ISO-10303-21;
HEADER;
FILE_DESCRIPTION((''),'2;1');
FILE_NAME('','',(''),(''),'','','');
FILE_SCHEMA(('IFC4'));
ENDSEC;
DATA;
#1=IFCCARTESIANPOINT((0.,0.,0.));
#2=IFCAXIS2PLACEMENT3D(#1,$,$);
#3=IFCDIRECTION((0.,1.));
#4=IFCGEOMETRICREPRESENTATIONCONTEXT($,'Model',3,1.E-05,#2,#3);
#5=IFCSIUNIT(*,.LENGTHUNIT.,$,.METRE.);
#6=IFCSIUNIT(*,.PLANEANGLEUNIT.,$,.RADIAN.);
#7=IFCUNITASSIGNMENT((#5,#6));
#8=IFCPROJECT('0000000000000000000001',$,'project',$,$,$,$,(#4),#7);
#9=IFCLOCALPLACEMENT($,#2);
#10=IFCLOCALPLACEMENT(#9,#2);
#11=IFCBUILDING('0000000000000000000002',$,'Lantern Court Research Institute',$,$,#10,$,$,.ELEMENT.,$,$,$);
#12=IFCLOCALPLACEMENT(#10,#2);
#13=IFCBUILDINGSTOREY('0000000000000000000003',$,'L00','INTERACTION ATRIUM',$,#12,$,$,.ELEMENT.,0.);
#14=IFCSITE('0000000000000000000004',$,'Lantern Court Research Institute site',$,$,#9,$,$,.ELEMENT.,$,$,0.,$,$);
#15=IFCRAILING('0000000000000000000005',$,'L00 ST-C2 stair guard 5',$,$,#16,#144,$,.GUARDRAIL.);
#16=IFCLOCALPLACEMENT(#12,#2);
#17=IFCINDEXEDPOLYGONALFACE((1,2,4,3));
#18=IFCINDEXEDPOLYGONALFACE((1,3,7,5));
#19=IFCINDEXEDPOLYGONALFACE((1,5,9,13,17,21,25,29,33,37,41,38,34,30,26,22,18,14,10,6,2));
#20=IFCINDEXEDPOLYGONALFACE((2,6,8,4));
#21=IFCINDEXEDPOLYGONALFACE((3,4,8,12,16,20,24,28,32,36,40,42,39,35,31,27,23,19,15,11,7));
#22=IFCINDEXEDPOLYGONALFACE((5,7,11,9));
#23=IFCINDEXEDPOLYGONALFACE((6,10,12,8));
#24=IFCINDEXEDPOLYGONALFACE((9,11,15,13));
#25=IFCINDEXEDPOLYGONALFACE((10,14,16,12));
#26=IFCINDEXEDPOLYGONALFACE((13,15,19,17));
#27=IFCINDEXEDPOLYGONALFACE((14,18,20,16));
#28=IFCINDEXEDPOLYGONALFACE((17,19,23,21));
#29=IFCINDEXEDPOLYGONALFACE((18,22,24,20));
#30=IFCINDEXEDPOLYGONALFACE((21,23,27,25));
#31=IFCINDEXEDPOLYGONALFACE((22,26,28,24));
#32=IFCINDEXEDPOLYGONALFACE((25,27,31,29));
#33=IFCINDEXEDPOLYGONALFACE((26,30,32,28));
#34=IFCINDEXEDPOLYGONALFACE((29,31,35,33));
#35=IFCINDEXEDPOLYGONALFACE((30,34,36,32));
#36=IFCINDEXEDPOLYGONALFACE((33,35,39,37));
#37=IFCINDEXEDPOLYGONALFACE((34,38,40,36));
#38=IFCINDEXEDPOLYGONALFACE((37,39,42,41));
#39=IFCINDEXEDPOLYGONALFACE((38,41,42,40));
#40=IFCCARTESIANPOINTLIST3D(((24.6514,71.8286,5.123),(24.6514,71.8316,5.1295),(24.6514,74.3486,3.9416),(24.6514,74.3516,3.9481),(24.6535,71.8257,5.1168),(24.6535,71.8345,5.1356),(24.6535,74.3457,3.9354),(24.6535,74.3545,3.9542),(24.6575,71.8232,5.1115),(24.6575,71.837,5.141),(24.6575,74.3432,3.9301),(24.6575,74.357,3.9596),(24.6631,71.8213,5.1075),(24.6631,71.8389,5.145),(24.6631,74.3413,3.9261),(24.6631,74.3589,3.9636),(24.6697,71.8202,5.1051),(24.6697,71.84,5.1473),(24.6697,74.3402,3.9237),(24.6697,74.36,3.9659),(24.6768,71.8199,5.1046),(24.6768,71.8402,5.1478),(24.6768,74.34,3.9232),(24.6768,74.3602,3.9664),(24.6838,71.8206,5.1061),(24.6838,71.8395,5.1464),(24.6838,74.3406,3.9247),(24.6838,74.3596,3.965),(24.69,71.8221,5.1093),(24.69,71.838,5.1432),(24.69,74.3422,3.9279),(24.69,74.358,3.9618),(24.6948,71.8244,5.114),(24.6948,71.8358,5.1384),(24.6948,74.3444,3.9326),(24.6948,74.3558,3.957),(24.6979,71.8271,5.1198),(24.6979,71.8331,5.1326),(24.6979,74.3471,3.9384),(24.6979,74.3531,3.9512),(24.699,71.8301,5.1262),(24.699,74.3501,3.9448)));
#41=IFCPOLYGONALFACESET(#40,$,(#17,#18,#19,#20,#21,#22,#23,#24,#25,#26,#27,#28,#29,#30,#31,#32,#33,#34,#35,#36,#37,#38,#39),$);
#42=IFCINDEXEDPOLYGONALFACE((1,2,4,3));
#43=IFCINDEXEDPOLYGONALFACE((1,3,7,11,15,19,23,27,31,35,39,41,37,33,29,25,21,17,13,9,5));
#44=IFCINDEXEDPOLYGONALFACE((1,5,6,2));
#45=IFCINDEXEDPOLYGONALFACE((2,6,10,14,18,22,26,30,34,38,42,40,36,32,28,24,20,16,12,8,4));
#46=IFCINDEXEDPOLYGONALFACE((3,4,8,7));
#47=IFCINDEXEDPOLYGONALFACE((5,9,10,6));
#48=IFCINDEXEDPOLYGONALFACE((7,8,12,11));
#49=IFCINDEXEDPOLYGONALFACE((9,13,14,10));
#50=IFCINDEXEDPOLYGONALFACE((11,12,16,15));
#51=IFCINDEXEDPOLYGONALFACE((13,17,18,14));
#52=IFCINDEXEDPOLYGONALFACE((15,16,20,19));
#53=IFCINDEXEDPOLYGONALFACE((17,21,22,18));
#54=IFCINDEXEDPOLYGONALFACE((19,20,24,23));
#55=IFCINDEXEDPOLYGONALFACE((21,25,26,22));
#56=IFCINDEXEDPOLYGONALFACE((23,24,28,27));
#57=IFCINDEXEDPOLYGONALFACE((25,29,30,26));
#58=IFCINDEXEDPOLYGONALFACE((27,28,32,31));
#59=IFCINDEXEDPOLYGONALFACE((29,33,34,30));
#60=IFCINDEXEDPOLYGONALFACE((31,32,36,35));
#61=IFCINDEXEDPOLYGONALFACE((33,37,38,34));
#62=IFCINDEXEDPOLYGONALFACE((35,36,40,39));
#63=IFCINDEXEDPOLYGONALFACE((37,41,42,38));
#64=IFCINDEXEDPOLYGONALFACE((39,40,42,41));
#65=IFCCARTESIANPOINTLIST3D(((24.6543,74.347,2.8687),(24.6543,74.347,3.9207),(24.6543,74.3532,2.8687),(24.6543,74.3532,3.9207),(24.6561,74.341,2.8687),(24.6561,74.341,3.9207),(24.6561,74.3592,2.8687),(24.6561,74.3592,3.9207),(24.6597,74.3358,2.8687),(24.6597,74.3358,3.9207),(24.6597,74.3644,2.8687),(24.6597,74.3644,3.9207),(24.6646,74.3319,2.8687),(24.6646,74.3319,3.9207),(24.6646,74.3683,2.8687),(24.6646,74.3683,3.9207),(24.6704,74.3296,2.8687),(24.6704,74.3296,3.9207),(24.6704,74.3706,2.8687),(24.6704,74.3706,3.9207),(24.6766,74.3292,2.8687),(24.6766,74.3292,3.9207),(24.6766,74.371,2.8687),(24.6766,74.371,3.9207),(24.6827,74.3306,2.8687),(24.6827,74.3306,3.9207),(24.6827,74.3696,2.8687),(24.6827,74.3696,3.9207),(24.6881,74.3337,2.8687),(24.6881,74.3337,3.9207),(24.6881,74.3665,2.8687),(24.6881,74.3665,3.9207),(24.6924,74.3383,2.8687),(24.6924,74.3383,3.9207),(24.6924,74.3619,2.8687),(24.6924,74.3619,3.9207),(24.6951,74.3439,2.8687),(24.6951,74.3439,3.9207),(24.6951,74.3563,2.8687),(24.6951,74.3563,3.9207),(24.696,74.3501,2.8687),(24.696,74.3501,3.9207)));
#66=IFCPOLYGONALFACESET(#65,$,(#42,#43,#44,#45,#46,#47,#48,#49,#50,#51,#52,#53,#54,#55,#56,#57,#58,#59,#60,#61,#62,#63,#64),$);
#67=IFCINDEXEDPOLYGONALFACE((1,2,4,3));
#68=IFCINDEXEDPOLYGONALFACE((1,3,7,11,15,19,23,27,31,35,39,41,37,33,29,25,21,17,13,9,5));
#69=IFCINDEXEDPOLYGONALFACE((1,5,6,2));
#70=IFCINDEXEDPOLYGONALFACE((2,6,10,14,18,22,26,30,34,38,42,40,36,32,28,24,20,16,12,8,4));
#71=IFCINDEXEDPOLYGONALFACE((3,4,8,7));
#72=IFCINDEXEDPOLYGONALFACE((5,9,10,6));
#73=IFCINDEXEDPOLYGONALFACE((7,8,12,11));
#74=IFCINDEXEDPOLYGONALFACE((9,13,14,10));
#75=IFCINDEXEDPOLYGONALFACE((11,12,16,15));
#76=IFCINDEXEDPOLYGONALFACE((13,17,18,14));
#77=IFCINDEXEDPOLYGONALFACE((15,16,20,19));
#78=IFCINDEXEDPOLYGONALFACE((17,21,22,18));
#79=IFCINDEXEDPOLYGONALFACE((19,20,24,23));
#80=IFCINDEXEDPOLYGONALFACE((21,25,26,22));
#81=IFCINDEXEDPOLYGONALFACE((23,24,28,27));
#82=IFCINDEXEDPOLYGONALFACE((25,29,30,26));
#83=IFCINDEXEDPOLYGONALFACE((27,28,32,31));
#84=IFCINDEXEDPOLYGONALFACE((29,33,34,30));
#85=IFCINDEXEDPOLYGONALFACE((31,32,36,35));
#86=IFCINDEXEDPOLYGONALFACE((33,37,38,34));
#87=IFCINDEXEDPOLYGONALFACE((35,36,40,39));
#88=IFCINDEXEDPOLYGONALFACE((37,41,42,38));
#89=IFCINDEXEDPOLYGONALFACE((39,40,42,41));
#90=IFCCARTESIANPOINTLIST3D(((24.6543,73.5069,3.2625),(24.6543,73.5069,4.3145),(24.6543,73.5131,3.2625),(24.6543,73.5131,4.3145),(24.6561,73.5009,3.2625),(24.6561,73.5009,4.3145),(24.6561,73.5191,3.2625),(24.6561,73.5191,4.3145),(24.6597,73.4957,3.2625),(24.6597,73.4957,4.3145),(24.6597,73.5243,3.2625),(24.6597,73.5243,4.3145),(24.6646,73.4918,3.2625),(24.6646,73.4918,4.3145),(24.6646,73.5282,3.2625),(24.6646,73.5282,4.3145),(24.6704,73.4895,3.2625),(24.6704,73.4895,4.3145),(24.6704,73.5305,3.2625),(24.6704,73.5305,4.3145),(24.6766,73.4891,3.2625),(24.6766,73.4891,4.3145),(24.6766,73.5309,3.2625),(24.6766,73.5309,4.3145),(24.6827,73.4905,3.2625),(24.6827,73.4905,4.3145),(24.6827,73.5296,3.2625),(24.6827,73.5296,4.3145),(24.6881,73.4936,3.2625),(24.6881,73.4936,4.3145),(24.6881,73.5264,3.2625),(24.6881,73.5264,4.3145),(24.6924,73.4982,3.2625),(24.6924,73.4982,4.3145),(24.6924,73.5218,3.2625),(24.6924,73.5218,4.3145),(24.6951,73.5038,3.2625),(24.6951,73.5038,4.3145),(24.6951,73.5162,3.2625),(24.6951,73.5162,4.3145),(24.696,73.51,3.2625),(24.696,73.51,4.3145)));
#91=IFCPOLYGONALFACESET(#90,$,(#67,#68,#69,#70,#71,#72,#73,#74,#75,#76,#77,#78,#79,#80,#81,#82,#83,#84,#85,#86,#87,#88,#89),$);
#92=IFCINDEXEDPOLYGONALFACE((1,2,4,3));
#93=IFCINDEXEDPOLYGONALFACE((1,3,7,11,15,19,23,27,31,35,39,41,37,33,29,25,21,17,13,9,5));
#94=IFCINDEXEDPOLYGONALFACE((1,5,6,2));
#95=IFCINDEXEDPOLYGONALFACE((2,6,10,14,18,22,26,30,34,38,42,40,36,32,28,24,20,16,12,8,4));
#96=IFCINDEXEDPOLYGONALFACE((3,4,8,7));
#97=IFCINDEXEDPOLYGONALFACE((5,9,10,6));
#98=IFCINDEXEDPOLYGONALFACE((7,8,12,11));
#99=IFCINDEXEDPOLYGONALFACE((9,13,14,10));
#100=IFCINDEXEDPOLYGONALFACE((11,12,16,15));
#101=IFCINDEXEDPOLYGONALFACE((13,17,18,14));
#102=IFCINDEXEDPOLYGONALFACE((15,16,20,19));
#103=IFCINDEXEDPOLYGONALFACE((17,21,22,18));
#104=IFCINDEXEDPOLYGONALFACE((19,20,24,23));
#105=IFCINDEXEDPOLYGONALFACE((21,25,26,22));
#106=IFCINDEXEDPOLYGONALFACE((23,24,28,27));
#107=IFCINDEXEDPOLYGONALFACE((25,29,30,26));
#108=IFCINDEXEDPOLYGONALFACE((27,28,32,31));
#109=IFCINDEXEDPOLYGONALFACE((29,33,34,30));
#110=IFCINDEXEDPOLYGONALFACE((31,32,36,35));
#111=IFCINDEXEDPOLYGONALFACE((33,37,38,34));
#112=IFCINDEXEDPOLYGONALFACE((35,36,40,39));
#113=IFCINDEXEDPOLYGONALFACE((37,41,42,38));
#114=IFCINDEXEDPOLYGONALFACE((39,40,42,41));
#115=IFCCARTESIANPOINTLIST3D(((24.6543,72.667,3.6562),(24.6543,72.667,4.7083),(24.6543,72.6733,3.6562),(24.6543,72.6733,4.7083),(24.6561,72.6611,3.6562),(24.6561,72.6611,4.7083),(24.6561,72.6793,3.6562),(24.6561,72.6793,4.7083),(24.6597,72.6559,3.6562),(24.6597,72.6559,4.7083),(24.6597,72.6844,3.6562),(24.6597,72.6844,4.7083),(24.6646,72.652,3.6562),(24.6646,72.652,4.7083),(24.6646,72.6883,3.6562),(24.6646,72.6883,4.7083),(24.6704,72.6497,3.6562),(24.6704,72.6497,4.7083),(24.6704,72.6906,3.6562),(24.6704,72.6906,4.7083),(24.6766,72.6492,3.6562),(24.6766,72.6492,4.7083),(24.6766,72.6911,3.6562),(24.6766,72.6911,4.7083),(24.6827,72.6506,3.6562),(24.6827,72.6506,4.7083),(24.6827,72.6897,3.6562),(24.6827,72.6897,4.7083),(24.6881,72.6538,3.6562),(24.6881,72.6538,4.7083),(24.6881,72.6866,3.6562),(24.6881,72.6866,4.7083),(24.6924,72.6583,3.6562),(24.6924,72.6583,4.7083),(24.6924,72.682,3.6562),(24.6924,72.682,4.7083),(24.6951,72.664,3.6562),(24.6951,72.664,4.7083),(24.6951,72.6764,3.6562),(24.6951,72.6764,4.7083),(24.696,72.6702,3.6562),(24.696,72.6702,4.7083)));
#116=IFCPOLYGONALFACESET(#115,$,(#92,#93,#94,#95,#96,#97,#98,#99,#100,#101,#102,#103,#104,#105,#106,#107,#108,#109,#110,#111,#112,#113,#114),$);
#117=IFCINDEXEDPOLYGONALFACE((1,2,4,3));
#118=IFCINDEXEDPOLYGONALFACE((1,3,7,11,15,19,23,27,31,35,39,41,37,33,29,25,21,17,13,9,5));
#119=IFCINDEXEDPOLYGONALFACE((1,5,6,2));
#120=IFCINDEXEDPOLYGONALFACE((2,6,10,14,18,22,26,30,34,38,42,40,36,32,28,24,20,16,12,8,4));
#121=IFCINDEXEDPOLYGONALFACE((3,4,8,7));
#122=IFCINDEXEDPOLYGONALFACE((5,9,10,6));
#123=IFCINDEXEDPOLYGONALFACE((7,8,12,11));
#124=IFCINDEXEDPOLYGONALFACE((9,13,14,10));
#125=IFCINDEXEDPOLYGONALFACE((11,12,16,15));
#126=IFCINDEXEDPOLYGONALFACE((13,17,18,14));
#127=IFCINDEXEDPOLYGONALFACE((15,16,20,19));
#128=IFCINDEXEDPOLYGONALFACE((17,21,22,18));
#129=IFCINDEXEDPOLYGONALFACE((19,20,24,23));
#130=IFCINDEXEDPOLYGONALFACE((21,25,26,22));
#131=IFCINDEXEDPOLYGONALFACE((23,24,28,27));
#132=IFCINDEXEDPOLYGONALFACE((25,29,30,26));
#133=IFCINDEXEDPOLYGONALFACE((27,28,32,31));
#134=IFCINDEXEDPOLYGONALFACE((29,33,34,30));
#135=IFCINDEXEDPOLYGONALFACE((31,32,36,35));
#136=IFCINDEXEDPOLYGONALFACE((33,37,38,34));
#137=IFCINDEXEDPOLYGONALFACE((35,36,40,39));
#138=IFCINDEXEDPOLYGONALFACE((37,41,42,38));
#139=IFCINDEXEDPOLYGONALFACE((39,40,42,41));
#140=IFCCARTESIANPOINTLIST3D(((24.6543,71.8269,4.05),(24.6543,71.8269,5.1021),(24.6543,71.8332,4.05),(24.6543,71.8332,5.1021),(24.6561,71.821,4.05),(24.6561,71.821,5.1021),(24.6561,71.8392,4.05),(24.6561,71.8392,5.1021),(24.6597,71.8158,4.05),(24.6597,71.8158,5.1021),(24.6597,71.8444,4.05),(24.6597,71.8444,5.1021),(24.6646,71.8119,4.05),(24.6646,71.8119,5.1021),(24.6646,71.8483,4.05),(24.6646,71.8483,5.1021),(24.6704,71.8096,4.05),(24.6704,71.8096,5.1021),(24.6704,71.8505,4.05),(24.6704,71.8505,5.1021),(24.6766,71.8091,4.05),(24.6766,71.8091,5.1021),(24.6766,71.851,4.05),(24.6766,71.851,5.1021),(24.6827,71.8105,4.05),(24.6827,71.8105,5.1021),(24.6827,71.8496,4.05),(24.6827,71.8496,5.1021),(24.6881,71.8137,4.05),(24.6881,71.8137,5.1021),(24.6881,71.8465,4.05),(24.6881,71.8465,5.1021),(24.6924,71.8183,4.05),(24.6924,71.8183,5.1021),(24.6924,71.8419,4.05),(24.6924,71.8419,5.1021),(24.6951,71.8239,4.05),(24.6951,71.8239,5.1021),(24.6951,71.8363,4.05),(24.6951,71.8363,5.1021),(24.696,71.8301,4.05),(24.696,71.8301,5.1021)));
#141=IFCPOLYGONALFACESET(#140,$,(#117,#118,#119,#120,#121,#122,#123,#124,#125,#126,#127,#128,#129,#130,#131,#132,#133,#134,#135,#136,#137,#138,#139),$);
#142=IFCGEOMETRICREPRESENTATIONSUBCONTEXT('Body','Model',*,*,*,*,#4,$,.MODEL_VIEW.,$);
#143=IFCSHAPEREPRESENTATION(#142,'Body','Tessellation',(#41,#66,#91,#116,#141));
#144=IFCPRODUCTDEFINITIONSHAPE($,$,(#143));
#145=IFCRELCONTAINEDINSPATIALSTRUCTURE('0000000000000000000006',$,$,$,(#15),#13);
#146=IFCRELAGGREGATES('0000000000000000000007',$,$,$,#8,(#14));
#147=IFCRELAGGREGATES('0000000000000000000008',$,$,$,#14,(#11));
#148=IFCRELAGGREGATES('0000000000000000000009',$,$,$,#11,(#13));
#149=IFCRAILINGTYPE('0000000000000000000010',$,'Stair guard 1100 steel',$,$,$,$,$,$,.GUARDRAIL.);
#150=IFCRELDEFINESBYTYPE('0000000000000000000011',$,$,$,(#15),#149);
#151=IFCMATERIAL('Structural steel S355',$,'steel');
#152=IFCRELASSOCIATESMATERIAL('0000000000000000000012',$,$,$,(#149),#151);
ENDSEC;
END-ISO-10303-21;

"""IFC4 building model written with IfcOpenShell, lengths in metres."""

from ifc_helpers import new_model, si_unit, direction, frame, origin, origin_2d, place, context, subcontext, project, spatial, circle, extrude, material, type_object, element, save


model = new_model("IFC4")

# Units and contexts
model_context = context("Model", 3, precision=1e-05, world=origin(), true_north=direction((0.0, 1.0)))
body_context = subcontext(model_context, "Body", "Model", "MODEL_VIEW")
ifc_project = project(units=[si_unit("LENGTHUNIT", "METRE"), si_unit("PLANEANGLEUNIT", "RADIAN")], contexts=[model_context])

# Site, building, storey
site_placement = place(None, origin())
site = spatial("IfcSite", under=ifc_project, at=site_placement, Name="Lantern Court Research Institute site", CompositionType="ELEMENT", RefElevation=0.0)
building_placement = place(site_placement, origin())
building = spatial("IfcBuilding", under=site, at=building_placement, Name="Lantern Court Research Institute", CompositionType="ELEMENT")
storey_placement = place(building_placement, origin())
storey = spatial("IfcBuildingStorey", under=building, at=storey_placement, Name="L00", Description="INTERACTION ATRIUM", CompositionType="ELEMENT", Elevation=0.0)

# Railing
ifc_material_1 = material(Name="Structural steel S355", Category="steel")
railing_type_1 = type_object("IfcRailingType", Name="Stair guard 1100 steel", PredefinedType="GUARDRAIL", material=ifc_material_1)
railing_1_placement = place(storey_placement, frame((24.675, 74.3501, 2.8687)))
element("IfcRailing", 1, at=railing_1_placement, inside=storey, type_object=railing_type_1, Name="L00 ST-C2 stair guard 5", PredefinedType="GUARDRAIL", context=body_context, shape_type="SweptSolid", body=[
    extrude(circle(Radius=0.0239, at=origin_2d()), frame((0.0, 0.0, 1.0762), z_axis=(0.0, -0.90544, 0.424474), x_axis=(1.0, 0.0, 0.0)), (0.0, 0.0, 1.0), 2.7832),
    extrude(circle(Radius=0.021, at=origin_2d()), origin(), (0.0, 0.0, 1.0), 1.052),
    extrude(circle(Radius=0.021, at=origin_2d()), frame((0.0, -0.8401, 0.3938)), (0.0, 0.0, 1.0), 1.052),
    extrude(circle(Radius=0.021, at=origin_2d()), frame((0.0, -1.6799, 0.7876)), (0.0, 0.0, 1.0), 1.052),
    extrude(circle(Radius=0.021, at=origin_2d()), frame((0.0, -2.52, 1.1814)), (0.0, 0.0, 1.0), 1.052),
])

save(model, "model.ifc")
